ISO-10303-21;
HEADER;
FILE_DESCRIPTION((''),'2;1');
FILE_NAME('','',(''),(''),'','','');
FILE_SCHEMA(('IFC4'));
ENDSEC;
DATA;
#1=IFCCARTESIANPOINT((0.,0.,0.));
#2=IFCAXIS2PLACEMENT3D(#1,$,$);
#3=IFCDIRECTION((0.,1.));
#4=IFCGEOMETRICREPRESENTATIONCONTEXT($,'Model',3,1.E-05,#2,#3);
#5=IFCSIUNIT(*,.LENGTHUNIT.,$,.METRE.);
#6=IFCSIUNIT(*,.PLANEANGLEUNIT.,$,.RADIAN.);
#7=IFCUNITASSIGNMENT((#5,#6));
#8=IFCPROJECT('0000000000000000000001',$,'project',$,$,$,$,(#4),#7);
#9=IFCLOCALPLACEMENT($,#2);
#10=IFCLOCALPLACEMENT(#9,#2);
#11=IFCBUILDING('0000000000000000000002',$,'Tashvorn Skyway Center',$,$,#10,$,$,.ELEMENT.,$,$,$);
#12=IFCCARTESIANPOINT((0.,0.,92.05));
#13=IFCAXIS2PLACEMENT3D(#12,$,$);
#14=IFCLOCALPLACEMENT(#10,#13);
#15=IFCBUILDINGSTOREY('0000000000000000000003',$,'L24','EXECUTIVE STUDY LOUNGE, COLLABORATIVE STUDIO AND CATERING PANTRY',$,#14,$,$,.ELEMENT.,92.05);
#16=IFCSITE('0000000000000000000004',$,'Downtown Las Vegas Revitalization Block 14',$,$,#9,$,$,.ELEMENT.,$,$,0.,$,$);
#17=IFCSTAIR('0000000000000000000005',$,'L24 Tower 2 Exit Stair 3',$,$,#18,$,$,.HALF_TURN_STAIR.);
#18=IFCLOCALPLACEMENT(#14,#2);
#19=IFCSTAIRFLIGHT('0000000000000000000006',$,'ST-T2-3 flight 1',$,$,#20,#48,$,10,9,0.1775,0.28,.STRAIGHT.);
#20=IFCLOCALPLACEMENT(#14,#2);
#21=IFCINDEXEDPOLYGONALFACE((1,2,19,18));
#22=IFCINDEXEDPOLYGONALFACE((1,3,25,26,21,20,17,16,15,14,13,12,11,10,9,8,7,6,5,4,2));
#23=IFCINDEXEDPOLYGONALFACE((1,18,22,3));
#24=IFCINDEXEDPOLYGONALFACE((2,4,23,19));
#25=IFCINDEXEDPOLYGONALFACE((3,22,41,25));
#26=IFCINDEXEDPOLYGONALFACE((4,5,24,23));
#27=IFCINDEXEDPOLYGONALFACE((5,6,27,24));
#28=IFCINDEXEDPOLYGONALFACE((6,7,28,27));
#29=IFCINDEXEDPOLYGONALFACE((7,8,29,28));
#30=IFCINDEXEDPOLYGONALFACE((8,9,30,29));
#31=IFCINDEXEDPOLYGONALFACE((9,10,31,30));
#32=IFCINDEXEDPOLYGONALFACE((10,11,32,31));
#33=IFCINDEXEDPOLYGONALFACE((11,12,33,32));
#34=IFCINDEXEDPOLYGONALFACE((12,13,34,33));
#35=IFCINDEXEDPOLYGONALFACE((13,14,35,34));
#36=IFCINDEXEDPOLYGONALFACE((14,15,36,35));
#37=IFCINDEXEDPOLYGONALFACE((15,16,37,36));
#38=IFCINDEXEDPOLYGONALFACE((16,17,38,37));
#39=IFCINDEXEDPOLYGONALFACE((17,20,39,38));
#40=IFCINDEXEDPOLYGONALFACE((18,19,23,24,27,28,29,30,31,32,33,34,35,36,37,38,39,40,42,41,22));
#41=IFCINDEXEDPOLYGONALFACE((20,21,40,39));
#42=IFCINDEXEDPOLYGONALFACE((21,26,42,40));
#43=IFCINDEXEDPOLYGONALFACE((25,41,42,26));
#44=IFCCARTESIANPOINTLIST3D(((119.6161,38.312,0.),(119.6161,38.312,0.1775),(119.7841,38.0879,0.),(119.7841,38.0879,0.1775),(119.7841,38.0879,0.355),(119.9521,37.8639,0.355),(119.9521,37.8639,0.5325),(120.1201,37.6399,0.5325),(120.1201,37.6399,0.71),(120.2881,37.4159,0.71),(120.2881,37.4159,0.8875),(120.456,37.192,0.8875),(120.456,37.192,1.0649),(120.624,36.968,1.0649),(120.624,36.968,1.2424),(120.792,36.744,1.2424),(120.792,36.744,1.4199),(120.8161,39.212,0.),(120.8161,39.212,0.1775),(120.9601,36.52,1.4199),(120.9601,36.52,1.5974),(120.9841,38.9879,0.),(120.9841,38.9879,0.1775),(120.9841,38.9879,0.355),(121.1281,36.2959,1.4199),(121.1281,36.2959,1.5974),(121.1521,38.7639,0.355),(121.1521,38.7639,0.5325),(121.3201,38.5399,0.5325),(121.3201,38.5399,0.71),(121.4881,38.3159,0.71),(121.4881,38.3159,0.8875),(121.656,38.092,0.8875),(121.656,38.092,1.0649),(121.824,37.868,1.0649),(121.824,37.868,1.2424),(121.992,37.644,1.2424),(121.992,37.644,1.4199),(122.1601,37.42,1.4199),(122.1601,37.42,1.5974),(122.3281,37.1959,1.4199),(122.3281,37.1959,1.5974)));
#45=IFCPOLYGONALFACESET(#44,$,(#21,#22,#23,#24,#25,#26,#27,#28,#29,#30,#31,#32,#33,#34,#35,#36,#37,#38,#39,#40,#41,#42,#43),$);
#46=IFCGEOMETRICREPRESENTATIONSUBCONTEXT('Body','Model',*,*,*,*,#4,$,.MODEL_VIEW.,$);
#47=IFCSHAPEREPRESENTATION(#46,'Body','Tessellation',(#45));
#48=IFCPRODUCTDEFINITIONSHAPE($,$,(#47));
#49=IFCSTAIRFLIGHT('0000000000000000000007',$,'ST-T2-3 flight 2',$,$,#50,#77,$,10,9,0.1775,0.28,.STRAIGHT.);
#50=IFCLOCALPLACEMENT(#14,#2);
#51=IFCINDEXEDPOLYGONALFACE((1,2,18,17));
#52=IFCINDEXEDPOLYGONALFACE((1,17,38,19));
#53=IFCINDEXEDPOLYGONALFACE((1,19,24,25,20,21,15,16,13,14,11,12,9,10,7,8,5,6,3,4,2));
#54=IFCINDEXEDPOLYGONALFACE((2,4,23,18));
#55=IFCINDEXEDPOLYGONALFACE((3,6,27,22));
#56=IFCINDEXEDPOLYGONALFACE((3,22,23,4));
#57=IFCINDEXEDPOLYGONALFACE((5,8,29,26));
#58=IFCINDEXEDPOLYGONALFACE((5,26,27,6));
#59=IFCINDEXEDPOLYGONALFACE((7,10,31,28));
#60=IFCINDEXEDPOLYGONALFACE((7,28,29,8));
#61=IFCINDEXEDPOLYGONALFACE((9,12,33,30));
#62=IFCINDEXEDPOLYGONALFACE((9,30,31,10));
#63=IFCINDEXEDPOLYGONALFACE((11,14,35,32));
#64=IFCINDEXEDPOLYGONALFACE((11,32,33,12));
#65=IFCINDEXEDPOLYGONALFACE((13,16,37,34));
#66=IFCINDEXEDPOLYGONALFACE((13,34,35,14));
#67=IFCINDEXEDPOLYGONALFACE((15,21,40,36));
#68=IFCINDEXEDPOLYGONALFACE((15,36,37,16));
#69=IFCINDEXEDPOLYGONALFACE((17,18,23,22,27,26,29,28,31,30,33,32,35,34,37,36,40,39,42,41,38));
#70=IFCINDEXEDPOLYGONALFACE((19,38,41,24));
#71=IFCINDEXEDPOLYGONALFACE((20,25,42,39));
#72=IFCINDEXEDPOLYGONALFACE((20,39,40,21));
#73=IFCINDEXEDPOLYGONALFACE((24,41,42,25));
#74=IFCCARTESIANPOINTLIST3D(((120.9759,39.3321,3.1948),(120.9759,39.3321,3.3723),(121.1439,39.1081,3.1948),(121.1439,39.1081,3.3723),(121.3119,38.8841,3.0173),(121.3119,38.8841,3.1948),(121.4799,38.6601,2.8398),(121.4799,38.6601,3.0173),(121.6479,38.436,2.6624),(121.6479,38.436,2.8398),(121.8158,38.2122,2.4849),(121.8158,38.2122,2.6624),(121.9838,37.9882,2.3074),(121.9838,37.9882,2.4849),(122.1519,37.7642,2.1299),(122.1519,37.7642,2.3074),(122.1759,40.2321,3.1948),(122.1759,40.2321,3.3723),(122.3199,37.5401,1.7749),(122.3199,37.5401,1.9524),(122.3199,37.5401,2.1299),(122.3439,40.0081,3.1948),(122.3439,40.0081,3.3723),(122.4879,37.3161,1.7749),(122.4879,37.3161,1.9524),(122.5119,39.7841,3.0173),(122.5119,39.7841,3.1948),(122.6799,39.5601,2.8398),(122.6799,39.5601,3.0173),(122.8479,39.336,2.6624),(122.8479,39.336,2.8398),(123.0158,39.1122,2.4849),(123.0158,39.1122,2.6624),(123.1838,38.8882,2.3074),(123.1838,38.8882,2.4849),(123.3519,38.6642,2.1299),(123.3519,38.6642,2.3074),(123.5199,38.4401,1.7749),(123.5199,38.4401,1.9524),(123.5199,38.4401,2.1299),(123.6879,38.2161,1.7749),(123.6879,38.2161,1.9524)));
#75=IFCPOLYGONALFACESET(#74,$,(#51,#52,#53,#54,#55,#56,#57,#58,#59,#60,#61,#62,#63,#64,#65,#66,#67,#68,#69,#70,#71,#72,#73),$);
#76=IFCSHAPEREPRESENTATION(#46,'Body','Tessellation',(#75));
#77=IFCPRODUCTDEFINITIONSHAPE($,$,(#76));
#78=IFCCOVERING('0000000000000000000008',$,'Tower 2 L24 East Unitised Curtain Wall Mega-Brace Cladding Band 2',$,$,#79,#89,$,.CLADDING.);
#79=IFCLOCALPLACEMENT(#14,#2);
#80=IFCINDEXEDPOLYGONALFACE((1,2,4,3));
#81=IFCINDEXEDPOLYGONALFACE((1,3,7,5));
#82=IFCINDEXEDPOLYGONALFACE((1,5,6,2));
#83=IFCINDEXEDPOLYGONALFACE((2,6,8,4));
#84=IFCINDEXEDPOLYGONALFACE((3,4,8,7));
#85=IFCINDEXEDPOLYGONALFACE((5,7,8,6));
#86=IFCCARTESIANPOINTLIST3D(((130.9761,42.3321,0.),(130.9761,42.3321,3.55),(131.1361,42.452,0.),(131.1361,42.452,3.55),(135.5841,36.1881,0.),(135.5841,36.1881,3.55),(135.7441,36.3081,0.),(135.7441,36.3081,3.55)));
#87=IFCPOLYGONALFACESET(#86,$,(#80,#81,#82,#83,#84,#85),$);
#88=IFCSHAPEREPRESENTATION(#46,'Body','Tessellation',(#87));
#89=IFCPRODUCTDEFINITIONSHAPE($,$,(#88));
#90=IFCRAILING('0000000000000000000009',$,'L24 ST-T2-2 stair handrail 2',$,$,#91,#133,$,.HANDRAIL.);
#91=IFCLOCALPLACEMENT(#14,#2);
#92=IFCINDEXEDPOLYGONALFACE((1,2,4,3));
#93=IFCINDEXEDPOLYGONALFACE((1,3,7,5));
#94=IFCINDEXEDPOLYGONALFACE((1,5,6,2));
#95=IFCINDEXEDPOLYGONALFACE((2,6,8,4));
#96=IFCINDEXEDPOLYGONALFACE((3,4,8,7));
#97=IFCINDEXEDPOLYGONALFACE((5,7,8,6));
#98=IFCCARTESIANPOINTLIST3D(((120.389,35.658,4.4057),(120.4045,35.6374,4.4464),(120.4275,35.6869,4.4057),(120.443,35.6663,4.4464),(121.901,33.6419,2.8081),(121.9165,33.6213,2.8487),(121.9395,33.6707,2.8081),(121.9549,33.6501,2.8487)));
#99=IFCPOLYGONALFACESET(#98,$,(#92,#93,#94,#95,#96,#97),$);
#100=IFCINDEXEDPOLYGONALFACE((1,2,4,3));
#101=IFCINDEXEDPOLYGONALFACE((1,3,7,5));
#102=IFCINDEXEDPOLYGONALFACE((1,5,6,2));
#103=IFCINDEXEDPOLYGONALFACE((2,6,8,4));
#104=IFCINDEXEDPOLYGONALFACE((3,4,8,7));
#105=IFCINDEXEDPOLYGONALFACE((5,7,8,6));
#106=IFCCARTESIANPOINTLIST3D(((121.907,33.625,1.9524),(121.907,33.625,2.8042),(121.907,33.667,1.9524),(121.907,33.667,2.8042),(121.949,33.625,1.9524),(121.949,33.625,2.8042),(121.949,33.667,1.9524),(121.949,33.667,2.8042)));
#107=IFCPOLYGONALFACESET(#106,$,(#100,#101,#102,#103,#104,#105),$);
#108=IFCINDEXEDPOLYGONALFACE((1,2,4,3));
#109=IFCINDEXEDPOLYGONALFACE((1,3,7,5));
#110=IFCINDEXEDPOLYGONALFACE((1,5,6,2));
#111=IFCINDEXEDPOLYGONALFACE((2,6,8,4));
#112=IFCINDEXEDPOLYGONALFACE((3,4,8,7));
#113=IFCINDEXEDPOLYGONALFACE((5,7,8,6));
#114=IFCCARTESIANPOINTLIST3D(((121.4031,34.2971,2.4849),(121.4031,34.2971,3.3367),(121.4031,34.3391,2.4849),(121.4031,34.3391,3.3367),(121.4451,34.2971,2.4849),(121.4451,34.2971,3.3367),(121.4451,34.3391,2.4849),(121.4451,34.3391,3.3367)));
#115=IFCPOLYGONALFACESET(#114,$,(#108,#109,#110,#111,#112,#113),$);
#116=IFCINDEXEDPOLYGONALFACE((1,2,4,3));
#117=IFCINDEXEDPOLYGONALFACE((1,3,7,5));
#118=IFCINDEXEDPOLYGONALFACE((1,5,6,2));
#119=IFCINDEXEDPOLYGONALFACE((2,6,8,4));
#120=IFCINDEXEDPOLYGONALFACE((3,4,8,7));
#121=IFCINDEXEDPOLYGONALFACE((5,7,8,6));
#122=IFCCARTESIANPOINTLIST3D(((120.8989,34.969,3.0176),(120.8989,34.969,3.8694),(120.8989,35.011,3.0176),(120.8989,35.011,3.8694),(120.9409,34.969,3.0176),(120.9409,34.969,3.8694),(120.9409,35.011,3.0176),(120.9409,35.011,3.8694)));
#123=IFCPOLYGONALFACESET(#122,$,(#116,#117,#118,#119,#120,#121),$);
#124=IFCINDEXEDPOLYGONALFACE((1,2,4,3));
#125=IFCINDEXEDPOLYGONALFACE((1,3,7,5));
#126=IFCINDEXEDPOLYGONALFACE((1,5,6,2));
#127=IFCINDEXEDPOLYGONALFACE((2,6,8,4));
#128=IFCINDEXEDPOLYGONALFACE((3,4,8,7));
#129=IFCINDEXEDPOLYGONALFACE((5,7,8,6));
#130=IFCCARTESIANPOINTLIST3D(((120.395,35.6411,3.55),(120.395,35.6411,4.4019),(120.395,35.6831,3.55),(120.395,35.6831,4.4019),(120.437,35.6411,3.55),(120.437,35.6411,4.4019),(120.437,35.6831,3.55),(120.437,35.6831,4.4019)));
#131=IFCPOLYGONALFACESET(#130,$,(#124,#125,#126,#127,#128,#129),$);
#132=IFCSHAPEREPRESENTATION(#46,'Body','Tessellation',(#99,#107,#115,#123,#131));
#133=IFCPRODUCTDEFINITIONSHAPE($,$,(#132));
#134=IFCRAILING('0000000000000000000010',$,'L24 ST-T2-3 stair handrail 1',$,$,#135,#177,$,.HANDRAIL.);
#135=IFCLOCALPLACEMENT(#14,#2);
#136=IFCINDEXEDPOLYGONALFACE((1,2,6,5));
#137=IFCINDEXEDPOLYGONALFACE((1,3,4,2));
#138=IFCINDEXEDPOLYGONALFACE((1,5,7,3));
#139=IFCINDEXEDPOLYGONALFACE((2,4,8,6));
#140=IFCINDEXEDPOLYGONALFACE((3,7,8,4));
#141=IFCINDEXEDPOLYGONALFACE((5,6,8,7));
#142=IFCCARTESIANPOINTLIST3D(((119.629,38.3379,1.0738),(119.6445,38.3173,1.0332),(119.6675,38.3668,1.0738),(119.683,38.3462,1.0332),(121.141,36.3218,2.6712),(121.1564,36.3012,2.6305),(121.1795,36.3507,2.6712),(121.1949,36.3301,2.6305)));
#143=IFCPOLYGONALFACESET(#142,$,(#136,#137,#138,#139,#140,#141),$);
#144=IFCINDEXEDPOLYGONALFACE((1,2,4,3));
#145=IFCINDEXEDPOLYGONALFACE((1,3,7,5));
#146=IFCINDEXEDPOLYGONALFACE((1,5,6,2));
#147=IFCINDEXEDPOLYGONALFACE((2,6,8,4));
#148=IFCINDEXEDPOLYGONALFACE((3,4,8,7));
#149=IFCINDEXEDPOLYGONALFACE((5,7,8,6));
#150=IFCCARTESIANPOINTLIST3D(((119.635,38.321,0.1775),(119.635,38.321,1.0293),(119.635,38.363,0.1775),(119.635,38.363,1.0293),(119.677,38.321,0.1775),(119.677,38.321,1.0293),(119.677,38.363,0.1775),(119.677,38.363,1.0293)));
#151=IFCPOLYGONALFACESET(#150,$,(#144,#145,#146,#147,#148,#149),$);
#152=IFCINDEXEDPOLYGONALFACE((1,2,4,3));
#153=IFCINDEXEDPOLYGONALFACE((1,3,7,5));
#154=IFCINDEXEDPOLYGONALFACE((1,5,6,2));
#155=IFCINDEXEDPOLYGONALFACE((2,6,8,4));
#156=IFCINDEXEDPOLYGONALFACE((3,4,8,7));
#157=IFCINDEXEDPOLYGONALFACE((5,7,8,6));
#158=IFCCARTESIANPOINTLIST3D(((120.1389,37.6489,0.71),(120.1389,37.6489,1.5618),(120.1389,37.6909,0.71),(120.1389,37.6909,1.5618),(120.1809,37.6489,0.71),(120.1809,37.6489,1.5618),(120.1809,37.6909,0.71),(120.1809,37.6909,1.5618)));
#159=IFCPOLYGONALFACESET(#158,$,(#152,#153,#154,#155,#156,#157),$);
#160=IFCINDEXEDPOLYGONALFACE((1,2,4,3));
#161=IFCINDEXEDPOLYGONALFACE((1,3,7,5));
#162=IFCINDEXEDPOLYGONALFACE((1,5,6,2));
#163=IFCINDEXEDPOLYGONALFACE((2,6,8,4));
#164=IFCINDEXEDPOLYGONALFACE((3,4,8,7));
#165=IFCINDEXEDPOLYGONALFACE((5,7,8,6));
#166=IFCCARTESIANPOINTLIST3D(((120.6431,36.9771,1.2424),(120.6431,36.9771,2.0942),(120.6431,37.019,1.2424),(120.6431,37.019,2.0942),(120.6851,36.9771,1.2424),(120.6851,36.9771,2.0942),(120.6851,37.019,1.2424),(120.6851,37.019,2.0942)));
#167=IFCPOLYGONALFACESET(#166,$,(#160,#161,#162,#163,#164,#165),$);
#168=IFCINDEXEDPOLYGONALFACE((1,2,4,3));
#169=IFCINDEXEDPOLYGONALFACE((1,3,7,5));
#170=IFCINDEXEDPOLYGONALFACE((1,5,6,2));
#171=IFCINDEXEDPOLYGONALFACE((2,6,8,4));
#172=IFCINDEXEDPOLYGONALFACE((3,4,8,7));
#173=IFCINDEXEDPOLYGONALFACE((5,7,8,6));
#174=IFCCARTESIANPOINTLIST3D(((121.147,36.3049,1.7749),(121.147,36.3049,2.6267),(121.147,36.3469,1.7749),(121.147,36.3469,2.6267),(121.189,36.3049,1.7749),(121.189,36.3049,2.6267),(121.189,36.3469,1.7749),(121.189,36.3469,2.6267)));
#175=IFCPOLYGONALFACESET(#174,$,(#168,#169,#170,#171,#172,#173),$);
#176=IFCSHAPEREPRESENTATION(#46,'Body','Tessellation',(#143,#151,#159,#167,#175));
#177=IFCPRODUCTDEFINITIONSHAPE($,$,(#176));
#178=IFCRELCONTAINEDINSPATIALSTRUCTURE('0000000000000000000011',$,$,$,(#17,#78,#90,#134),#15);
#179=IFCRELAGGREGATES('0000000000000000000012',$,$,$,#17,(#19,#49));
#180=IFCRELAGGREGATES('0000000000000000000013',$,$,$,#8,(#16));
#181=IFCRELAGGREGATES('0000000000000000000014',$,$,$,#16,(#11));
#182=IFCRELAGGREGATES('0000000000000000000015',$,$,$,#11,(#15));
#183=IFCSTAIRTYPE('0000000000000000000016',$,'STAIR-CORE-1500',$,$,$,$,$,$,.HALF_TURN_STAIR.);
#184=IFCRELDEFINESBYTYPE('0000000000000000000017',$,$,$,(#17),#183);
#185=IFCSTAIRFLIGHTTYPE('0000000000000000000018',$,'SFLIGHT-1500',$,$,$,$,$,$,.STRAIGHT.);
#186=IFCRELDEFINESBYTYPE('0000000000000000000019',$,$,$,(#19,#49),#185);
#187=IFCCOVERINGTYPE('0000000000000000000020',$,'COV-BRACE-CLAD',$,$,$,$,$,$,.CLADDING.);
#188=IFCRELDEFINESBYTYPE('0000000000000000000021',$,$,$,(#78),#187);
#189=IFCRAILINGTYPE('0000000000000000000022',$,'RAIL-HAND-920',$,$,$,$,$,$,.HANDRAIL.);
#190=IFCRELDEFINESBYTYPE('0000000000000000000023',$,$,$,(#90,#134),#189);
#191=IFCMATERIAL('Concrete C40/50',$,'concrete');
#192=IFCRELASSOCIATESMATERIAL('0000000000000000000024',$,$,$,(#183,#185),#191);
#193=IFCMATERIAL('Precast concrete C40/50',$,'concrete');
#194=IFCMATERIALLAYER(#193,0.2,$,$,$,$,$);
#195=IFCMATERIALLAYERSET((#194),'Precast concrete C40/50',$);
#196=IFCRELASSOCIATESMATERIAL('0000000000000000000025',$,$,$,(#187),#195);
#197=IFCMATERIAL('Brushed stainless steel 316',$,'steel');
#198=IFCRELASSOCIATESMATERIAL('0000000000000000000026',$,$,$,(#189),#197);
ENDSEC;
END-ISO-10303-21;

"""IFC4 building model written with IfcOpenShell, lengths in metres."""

from ifc_helpers import new_model, si_unit, direction, frame, origin, origin_2d, place, context, subcontext, project, spatial, polyline, rectangle, outline, extrude, material, layer, layer_set, type_object, element, aggregate, save


model = new_model("IFC4")

# Units and contexts
model_context = context("Model", 3, precision=1e-05, world=origin(), true_north=direction((0.0, 1.0)))
body_context = subcontext(model_context, "Body", "Model", "MODEL_VIEW")
ifc_project = project(units=[si_unit("LENGTHUNIT", "METRE"), si_unit("PLANEANGLEUNIT", "RADIAN")], contexts=[model_context])

# Site, building, storey
site_placement = place(None, origin())
site = spatial("IfcSite", under=ifc_project, at=site_placement, Name="Downtown Las Vegas Revitalization Block 14", CompositionType="ELEMENT", RefElevation=0.0)
building_placement = place(site_placement, origin())
building = spatial("IfcBuilding", under=site, at=building_placement, Name="Tashvorn Skyway Center", CompositionType="ELEMENT")
storey_placement = place(building_placement, frame((0.0, 0.0, 92.05)))
storey = spatial("IfcBuildingStorey", under=building, at=storey_placement, Name="L24", Description="EXECUTIVE STUDY LOUNGE, COLLABORATIVE STUDIO AND CATERING PANTRY", CompositionType="ELEMENT", Elevation=92.05)

# Shared definitions
ifc_material_1 = material(Name="Concrete C40/50", Category="concrete")

# Shared definitions
stair_type = type_object("IfcStairType", Name="STAIR-CORE-1500", PredefinedType="HALF_TURN_STAIR", material=ifc_material_1)
stair_flight_type = type_object("IfcStairFlightType", Name="SFLIGHT-1500", PredefinedType="STRAIGHT", material=ifc_material_1)

# Stair, stair flights
stair_1_placement = place(storey_placement, origin())
stair_1 = element("IfcStair", 1, at=stair_1_placement, inside=storey, type_object=stair_type, Name="L24 Tower 2 Exit Stair 3", PredefinedType="HALF_TURN_STAIR")
stair_flight_1_placement = place(storey_placement, frame((120.2161, 38.762, 0.0), z_axis=(0.0, 0.0, 1.0), x_axis=(0.6, -0.8, 0.0)))
stair_flight_1 = element("IfcStairFlight", 2, at=stair_flight_1_placement, type_object=stair_flight_type, Name="ST-T2-3 flight 1", NumberOfRisers=10, NumberOfTreads=9, PredefinedType="STRAIGHT", RiserHeight=0.1775, TreadLength=0.28, context=body_context, shape_type="SweptSolid", body=[
    extrude(outline(polyline([(0.0, 0.0), (0.0, 0.1775), (0.28, 0.1775), (0.28, 0.355), (0.5601, 0.355), (0.5601, 0.5325), (0.8401, 0.5325), (0.8401, 0.71), (1.1201, 0.71), (1.1201, 0.8875), (1.3999, 0.8875), (1.3999, 1.0649), (1.6799, 1.0649), (1.6799, 1.2424), (1.96, 1.2424), (1.96, 1.4199), (2.24, 1.4199), (2.24, 1.5974), (2.52, 1.5974), (2.52, 1.7749), (2.52, 1.4199), (0.28, 0.0), (0.0, 0.0)])), frame((0.0, 0.75, 0.0), z_axis=(0.0, -1.0, 0.0), x_axis=(1.0, 0.0, 0.0)), (0.0, 0.0, 1.0), 1.5),
])
stair_flight_2_placement = place(storey_placement, frame((123.0879, 37.7661, 1.7749), z_axis=(0.0, 0.0, 1.0), x_axis=(-0.6, 0.8, 0.0)))
stair_flight_2 = element("IfcStairFlight", 3, at=stair_flight_2_placement, type_object=stair_flight_type, Name="ST-T2-3 flight 2", NumberOfRisers=10, NumberOfTreads=9, PredefinedType="STRAIGHT", RiserHeight=0.1775, TreadLength=0.28, context=body_context, shape_type="SweptSolid", body=[
    extrude(outline(polyline([(0.0, 0.0), (0.0, 0.1775), (0.28, 0.1775), (0.28, 0.355), (0.5601, 0.355), (0.5601, 0.5325), (0.8401, 0.5325), (0.8401, 0.71), (1.1201, 0.71), (1.1201, 0.8875), (1.3999, 0.8875), (1.3999, 1.0649), (1.6799, 1.0649), (1.6799, 1.2424), (1.96, 1.2424), (1.96, 1.4199), (2.24, 1.4199), (2.24, 1.5974), (2.52, 1.5974), (2.52, 1.7749), (2.52, 1.4199), (0.28, 0.0), (0.0, 0.0)])), frame((0.0, 0.75, 0.0), z_axis=(0.0, -1.0, 0.0), x_axis=(1.0, 0.0, 0.0)), (0.0, 0.0, 1.0), 1.5),
])
aggregate(stair_1, [stair_flight_1, stair_flight_2])

# Covering
ifc_material_2 = material(Name="Precast concrete C40/50", Category="concrete")
ifc_layer_1 = layer(ifc_material_2, 0.2)
ifc_layer_set_1 = layer_set([ifc_layer_1], Name="Precast concrete C40/50")
covering_type = type_object("IfcCoveringType", Name="COV-BRACE-CLAD", PredefinedType="CLADDING", material=ifc_layer_set_1)
covering_placement = place(storey_placement, frame((133.3601, 39.3201, 0.0), z_axis=(0.0, 0.0, 1.0), x_axis=(0.6, -0.8, 0.0)))
element("IfcCovering", 4, at=covering_placement, inside=storey, type_object=covering_type, Name="Tower 2 L24 East Unitised Curtain Wall Mega-Brace Cladding Band 2", PredefinedType="CLADDING", context=body_context, shape_type="SweptSolid", body=[
    extrude(rectangle(XDim=7.6799, YDim=0.2, at=origin_2d()), origin(), (0.0, 0.0, 1.0), 3.55),
])

# Railings
ifc_material_3 = material(Name="Brushed stainless steel 316", Category="steel")
railing_type_1 = type_object("IfcRailingType", Name="RAIL-HAND-920", PredefinedType="HANDRAIL", material=ifc_material_3)
railing_1_placement = place(storey_placement, frame((121.928, 33.646, 1.9524)))
element("IfcRailing", 5, at=railing_1_placement, inside=storey, type_object=railing_type_1, Name="L24 ST-T2-2 stair handrail 2", PredefinedType="HANDRAIL", context=body_context, shape_type="SweptSolid", body=[
    extrude(rectangle(XDim=0.0481, YDim=0.0481, at=origin_2d()), frame((0.0, 0.0, 0.876), z_axis=(-0.506719, 0.675679, 0.535438), x_axis=(-0.800023, -0.599969, 0.0)), (0.0, 0.0, 1.0), 2.9839),
    extrude(rectangle(XDim=0.042, YDim=0.042, at=origin_2d()), origin(), (0.0, 0.0, 1.0), 0.8518),
    extrude(rectangle(XDim=0.042, YDim=0.042, at=origin_2d()), frame((-0.5039, 0.6721, 0.5325)), (0.0, 0.0, 1.0), 0.8518),
    extrude(rectangle(XDim=0.042, YDim=0.042, at=origin_2d()), frame((-1.0081, 1.344, 1.0652)), (0.0, 0.0, 1.0), 0.8518),
    extrude(rectangle(XDim=0.042, YDim=0.042, at=origin_2d()), frame((-1.512, 2.0161, 1.5977)), (0.0, 0.0, 1.0), 0.8518),
])
railing_2_placement = place(storey_placement, frame((119.656, 38.342, 0.1775)))
element("IfcRailing", 6, at=railing_2_placement, inside=storey, type_object=railing_type_1, Name="L24 ST-T2-3 stair handrail 1", PredefinedType="HANDRAIL", context=body_context, shape_type="SweptSolid", body=[
    extrude(rectangle(XDim=0.0481, YDim=0.0481, at=origin_2d()), frame((0.0, 0.0, 0.876), z_axis=(0.506741, -0.675709, 0.535379), x_axis=(0.800023, 0.599969, 0.0)), (0.0, 0.0, 1.0), 2.9836),
    extrude(rectangle(XDim=0.042, YDim=0.042, at=origin_2d()), origin(), (0.0, 0.0, 1.0), 0.8518),
    extrude(rectangle(XDim=0.042, YDim=0.042, at=origin_2d()), frame((0.5039, -0.6721, 0.5325)), (0.0, 0.0, 1.0), 0.8518),
    extrude(rectangle(XDim=0.042, YDim=0.042, at=origin_2d()), frame((1.0081, -1.344, 1.0649)), (0.0, 0.0, 1.0), 0.8518),
    extrude(rectangle(XDim=0.042, YDim=0.042, at=origin_2d()), frame((1.512, -2.0161, 1.5974)), (0.0, 0.0, 1.0), 0.8518),
])

save(model, "model.ifc")
